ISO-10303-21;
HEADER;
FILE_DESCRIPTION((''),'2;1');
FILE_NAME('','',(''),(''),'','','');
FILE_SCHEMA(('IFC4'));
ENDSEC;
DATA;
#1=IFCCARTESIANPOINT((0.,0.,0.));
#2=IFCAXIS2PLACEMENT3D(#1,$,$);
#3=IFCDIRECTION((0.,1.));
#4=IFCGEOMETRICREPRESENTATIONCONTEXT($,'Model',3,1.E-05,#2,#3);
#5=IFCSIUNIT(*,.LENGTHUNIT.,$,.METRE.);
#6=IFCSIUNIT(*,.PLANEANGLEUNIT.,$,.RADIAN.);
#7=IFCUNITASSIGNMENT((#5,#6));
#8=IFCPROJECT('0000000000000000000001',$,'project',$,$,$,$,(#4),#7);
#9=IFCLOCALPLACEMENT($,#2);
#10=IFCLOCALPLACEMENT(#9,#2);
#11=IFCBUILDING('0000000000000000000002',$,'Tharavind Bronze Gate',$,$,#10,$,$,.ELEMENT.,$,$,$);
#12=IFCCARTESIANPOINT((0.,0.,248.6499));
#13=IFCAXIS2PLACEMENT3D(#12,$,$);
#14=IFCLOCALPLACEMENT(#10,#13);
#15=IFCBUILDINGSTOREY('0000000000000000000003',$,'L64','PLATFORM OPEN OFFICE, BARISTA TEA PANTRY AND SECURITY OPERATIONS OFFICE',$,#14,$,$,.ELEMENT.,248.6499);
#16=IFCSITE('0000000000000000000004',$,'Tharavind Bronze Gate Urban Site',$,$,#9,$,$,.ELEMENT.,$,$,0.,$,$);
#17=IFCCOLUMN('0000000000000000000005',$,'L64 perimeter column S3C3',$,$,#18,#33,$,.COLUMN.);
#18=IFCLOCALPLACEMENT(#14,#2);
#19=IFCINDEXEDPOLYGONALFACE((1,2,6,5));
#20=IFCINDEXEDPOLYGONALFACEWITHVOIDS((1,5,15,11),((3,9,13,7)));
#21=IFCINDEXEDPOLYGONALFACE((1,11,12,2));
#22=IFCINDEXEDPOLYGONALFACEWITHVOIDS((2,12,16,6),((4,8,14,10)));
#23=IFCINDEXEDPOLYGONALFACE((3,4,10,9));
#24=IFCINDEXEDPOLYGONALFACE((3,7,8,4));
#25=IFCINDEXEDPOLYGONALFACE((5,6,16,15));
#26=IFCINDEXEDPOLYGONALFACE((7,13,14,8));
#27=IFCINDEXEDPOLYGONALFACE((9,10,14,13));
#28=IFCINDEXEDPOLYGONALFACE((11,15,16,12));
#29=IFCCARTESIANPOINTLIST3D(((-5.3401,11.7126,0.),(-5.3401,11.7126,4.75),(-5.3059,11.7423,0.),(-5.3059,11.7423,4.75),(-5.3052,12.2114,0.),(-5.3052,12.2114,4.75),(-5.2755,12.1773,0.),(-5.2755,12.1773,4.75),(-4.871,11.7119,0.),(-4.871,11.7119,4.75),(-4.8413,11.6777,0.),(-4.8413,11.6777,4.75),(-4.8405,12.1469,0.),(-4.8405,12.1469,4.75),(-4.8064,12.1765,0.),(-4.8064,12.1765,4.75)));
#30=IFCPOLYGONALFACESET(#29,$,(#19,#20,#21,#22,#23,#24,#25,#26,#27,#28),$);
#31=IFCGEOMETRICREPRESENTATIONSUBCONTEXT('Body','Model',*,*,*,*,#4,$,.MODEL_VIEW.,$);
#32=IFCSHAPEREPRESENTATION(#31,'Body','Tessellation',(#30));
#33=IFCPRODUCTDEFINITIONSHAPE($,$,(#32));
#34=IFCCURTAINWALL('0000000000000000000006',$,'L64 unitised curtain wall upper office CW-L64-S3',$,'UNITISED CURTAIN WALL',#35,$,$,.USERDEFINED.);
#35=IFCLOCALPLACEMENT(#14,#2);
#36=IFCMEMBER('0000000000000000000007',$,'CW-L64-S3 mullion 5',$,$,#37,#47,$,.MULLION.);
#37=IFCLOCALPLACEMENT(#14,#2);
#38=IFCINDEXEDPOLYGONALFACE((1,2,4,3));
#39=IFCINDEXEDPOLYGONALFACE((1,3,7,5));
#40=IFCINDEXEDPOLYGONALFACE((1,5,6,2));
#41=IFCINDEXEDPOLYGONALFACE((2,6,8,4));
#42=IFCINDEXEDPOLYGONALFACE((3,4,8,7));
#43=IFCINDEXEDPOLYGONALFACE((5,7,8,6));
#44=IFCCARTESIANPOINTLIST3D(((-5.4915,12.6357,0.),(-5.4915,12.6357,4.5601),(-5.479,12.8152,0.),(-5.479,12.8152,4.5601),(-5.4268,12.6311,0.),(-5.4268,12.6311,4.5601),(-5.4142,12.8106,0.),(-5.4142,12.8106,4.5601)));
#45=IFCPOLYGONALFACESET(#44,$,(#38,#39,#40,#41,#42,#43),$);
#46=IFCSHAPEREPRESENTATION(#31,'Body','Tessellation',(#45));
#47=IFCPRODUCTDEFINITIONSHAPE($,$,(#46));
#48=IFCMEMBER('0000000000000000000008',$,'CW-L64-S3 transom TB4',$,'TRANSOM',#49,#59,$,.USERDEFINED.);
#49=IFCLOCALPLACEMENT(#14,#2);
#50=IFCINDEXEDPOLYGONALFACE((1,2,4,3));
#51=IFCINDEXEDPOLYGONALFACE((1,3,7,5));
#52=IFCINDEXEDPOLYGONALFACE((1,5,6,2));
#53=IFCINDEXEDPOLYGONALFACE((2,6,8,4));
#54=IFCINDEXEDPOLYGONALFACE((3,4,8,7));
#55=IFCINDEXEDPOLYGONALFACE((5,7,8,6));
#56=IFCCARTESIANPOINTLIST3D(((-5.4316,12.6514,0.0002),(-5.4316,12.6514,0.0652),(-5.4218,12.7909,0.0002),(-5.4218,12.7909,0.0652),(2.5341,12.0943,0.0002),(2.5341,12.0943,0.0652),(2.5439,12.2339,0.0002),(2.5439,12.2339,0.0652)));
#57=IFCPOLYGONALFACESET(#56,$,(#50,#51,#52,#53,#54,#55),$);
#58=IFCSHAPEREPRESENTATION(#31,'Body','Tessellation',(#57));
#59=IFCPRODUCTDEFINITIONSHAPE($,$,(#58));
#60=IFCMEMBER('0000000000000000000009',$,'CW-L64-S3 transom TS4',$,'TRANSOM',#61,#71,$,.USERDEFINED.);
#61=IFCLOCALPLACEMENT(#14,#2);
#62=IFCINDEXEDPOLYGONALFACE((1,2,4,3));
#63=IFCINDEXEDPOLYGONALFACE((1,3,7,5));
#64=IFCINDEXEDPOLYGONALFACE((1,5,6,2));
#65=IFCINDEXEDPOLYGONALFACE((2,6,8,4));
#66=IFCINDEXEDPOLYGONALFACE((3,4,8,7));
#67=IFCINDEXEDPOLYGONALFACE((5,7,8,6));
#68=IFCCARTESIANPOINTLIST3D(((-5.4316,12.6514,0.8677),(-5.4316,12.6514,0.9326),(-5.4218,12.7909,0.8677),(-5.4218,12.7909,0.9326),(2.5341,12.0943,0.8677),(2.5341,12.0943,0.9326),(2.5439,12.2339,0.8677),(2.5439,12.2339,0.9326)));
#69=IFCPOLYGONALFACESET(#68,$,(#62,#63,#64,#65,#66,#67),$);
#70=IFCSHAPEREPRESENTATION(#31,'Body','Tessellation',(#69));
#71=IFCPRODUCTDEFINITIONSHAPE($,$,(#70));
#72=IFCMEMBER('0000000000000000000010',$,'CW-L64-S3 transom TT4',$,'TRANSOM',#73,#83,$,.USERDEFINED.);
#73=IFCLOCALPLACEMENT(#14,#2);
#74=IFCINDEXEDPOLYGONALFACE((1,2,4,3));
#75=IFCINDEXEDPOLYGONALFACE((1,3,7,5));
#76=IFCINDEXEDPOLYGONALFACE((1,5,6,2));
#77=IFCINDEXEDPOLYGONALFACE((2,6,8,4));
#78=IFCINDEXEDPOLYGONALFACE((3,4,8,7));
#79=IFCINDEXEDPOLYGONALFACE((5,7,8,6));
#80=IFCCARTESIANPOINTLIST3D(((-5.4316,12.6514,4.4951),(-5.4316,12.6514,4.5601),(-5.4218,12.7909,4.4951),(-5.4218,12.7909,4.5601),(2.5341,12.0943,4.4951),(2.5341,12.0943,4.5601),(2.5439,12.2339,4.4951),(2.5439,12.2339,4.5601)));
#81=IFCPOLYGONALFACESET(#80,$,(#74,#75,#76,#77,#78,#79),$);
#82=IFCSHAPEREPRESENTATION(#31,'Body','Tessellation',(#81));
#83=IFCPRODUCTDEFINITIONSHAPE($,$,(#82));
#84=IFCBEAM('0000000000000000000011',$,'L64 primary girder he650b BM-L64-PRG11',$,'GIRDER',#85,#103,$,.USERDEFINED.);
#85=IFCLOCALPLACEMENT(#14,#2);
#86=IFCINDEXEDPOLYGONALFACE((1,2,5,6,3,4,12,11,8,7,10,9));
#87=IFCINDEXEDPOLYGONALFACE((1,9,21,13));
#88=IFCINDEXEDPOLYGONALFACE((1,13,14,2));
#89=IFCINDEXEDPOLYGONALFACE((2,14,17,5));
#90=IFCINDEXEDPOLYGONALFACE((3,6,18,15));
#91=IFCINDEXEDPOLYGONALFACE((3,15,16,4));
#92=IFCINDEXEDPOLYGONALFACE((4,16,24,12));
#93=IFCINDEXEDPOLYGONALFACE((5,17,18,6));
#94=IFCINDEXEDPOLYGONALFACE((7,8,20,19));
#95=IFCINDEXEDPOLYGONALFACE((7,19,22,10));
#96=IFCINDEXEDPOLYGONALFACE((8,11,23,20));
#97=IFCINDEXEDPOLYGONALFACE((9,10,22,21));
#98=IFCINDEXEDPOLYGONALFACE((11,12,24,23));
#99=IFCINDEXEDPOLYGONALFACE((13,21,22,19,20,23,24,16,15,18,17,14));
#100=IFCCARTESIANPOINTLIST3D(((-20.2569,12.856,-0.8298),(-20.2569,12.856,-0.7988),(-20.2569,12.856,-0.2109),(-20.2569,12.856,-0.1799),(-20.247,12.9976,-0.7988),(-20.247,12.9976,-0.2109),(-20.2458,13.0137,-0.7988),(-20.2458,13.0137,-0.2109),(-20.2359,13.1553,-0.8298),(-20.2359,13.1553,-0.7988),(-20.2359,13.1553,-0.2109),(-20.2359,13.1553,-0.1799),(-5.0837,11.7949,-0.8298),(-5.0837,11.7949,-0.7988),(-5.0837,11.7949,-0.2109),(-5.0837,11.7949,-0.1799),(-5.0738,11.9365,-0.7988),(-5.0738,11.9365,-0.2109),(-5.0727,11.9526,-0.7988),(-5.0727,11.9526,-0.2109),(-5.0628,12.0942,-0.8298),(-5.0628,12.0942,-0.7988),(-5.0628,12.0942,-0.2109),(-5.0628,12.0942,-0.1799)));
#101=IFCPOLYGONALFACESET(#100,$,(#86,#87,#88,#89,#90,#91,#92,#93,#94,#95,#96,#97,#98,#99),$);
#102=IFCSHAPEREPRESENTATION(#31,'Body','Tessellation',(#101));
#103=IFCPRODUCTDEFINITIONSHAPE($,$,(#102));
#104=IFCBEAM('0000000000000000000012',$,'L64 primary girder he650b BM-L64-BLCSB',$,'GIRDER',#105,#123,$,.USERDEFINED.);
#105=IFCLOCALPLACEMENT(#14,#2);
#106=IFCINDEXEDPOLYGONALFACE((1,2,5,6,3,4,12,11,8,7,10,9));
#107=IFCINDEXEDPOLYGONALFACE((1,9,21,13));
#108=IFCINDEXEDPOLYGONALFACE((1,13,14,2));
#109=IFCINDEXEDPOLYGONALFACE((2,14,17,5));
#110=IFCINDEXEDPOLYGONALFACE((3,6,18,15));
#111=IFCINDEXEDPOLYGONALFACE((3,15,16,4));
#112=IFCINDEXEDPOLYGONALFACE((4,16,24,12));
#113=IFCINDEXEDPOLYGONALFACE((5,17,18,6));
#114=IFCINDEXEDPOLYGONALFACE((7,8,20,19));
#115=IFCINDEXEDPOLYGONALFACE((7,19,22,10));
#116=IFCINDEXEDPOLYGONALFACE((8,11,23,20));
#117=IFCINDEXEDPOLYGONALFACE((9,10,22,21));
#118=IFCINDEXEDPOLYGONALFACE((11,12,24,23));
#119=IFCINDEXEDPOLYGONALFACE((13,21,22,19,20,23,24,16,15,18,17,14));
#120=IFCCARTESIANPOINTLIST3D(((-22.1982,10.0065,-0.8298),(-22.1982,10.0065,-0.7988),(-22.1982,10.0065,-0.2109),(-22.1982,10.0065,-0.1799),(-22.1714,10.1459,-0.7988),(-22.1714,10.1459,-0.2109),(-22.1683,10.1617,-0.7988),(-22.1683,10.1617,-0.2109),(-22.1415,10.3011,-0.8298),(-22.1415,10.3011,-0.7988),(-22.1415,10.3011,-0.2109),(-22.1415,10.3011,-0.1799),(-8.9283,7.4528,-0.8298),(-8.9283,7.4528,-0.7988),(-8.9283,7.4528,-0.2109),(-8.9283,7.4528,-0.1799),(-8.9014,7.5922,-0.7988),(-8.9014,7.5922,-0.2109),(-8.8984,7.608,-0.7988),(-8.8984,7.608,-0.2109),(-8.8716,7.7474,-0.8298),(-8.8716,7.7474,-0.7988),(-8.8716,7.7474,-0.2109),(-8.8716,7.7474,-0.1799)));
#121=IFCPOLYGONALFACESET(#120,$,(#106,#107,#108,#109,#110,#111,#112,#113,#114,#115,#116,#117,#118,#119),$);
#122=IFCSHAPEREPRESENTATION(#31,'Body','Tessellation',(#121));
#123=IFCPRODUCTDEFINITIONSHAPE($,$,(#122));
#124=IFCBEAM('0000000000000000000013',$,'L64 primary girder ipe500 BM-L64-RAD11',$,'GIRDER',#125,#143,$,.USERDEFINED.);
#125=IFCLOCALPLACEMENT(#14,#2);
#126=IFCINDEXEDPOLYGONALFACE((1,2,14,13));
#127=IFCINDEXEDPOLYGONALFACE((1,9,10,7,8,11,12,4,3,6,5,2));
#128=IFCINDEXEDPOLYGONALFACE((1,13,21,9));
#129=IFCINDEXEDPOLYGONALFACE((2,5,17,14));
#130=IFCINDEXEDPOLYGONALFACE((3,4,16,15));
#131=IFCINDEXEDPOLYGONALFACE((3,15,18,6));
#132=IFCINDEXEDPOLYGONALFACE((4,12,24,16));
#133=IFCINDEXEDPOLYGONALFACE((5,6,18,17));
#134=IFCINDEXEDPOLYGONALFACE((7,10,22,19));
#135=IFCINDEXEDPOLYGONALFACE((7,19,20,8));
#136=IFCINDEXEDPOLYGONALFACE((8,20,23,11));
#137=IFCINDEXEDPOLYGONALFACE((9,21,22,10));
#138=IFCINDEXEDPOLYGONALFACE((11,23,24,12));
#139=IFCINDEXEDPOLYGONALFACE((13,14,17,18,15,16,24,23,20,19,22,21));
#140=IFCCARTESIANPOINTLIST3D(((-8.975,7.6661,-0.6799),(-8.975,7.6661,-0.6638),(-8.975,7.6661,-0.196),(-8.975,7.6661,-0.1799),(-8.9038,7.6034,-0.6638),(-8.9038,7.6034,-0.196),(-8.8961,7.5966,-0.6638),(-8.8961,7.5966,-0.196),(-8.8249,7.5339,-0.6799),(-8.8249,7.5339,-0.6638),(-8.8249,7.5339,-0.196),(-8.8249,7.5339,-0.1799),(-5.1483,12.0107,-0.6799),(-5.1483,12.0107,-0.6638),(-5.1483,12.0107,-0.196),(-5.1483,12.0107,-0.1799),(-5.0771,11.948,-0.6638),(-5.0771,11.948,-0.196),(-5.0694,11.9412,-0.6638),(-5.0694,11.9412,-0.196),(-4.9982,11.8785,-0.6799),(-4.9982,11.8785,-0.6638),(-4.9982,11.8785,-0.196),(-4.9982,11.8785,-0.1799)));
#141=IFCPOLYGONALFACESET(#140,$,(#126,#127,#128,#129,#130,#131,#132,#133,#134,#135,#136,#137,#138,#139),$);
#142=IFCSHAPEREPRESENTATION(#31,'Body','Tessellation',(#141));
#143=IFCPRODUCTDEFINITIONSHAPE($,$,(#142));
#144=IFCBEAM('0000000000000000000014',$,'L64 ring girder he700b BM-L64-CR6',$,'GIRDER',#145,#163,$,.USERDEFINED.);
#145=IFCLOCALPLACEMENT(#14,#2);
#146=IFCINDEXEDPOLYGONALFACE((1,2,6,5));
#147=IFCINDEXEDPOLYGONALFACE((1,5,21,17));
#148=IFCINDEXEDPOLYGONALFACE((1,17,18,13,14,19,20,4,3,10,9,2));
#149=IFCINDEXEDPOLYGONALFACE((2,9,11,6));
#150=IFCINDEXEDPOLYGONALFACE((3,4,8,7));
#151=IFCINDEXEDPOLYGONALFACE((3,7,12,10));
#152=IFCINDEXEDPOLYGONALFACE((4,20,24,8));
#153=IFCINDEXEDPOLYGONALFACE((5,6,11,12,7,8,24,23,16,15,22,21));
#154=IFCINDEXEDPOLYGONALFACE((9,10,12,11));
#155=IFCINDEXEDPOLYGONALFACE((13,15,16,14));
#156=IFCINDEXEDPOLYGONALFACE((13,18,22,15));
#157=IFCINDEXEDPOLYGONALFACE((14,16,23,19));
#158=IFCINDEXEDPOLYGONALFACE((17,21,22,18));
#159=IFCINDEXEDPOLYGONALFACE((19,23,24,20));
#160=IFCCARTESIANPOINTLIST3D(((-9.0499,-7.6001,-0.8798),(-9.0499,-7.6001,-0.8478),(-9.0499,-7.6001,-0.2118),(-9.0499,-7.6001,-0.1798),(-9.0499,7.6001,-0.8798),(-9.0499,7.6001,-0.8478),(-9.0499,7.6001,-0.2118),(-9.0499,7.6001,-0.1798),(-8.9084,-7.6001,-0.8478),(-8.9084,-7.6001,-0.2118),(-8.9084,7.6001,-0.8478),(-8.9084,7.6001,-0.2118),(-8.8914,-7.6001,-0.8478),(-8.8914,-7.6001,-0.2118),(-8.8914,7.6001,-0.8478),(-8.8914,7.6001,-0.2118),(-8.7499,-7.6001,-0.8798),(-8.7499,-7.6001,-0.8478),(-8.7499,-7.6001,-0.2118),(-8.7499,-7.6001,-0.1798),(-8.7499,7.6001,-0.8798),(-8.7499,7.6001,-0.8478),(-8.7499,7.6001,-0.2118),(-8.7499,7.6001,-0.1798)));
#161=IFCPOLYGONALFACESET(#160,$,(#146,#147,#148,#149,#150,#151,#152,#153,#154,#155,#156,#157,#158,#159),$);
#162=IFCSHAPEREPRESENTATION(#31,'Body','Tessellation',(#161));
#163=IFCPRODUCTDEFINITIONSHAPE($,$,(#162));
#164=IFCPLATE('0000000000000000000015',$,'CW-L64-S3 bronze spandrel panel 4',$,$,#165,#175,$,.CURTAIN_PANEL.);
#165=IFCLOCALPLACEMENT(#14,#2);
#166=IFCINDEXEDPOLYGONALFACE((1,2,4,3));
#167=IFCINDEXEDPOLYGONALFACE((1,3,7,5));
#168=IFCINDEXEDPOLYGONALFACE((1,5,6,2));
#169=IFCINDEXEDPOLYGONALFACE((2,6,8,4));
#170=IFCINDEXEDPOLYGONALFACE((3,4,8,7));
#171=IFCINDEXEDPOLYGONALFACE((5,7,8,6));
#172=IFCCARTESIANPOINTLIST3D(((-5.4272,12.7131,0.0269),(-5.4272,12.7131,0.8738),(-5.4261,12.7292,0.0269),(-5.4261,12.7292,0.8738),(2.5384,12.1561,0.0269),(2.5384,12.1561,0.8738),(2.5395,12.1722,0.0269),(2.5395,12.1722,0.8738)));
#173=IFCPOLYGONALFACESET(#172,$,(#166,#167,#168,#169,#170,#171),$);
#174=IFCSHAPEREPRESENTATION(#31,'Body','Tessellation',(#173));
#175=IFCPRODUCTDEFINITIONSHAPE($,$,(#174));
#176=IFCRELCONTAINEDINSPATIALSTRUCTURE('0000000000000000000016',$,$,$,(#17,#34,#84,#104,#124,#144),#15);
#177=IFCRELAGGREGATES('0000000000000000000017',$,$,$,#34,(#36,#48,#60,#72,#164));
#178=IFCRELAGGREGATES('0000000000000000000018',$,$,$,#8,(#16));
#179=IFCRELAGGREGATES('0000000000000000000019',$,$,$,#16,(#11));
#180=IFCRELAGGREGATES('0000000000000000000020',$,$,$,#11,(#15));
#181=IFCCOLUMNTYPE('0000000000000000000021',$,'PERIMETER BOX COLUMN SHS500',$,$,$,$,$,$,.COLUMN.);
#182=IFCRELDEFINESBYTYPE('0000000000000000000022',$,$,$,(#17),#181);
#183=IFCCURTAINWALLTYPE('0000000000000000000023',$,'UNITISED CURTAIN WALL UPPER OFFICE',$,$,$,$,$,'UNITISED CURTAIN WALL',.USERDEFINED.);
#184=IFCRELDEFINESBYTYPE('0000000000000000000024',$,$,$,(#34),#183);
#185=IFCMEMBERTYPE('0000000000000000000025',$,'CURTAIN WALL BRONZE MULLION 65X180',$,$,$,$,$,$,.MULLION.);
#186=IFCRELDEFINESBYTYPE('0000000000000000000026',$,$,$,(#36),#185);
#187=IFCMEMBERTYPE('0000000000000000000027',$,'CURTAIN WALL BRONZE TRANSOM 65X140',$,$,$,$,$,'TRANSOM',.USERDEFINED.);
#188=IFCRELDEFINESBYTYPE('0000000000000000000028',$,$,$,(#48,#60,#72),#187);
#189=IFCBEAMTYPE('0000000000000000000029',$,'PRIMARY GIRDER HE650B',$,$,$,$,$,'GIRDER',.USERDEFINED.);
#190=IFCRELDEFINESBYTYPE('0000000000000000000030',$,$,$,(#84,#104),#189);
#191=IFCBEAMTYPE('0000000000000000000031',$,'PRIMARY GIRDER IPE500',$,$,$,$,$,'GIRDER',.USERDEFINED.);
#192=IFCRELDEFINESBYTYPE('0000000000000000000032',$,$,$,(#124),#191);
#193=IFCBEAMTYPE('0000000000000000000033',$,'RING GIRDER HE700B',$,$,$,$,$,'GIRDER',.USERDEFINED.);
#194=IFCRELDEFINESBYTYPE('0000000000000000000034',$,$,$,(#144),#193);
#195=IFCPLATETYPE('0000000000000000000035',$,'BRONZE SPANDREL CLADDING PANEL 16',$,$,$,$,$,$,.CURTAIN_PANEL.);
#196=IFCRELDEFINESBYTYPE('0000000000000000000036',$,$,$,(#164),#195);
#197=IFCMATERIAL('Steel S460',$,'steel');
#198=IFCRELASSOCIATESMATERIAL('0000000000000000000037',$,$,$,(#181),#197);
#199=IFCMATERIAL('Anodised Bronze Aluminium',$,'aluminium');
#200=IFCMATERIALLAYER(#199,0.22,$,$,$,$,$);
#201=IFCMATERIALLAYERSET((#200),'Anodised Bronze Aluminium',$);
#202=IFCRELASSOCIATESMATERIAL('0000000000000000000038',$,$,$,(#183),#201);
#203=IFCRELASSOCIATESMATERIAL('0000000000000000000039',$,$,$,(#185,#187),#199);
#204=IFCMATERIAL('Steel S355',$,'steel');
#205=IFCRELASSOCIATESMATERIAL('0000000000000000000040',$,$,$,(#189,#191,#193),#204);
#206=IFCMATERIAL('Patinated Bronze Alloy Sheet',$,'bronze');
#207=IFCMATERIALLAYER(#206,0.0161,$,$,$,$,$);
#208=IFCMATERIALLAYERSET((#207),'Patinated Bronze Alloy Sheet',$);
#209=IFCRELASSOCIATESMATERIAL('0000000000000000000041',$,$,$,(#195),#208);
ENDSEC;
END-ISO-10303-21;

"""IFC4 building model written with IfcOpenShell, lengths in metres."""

from ifc_helpers import new_model, si_unit, direction, frame, origin, origin_2d, place, context, subcontext, project, spatial, rectangle, hollow_rectangle, i_section, extrude, material, layer, layer_set, material_profile, profile_set, type_object, element, aggregate, save


model = new_model("IFC4")

# Units and contexts
model_context = context("Model", 3, precision=1e-05, world=origin(), true_north=direction((0.0, 1.0)))
body_context = subcontext(model_context, "Body", "Model", "MODEL_VIEW")
ifc_project = project(units=[si_unit("LENGTHUNIT", "METRE"), si_unit("PLANEANGLEUNIT", "RADIAN")], contexts=[model_context])

# Site, building, storey
site_placement = place(None, origin())
site = spatial("IfcSite", under=ifc_project, at=site_placement, Name="Tharavind Bronze Gate Urban Site", CompositionType="ELEMENT", RefElevation=0.0)
building_placement = place(site_placement, origin())
building = spatial("IfcBuilding", under=site, at=building_placement, Name="Tharavind Bronze Gate", CompositionType="ELEMENT")
storey_placement = place(building_placement, frame((0.0, 0.0, 248.6499)))
storey = spatial("IfcBuildingStorey", under=building, at=storey_placement, Name="L64", Description="PLATFORM OPEN OFFICE, BARISTA TEA PANTRY AND SECURITY OPERATIONS OFFICE", CompositionType="ELEMENT", Elevation=248.6499)

# Column
ifc_material_1 = material(Name="Steel S460", Category="steel")
ifc_material_profile_1 = material_profile(ifc_material_1, hollow_rectangle(XDim=0.5, YDim=0.5, WallThickness=0.032, at=origin_2d()), Name="SHS500X32")
ifc_profile_set_1 = profile_set([ifc_material_profile_1], Name="Steel S460")
column_type = type_object("IfcColumnType", Name="PERIMETER BOX COLUMN SHS500", PredefinedType="COLUMN", material=ifc_profile_set_1)
column_placement = place(storey_placement, frame((-5.0732, 11.9446, 0.0), z_axis=(0.0, 0.0, 1.0), x_axis=(-0.997564, 0.069756, 0.0)))
element("IfcColumn", 1, at=column_placement, inside=storey, type_object=column_type, Name="L64 perimeter column S3C3", PredefinedType="COLUMN", context=body_context, shape_type="SweptSolid", body=[
    extrude(hollow_rectangle(XDim=0.5, YDim=0.5, WallThickness=0.032, at=origin_2d()), origin(), (0.0, 0.0, 1.0), 4.75),
])

# Curtain wall, members
ifc_material_2 = material(Name="Anodised Bronze Aluminium", Category="aluminium")
ifc_layer_1 = layer(ifc_material_2, 0.22)
ifc_layer_set_1 = layer_set([ifc_layer_1], Name="Anodised Bronze Aluminium")
curtain_wall_type = type_object("IfcCurtainWallType", Name="UNITISED CURTAIN WALL UPPER OFFICE", ElementType="UNITISED CURTAIN WALL", PredefinedType="USERDEFINED", material=ifc_layer_set_1)
curtain_wall_placement = place(storey_placement, origin())
curtain_wall = element("IfcCurtainWall", 2, at=curtain_wall_placement, inside=storey, type_object=curtain_wall_type, Name="L64 unitised curtain wall upper office CW-L64-S3", ObjectType="UNITISED CURTAIN WALL", PredefinedType="USERDEFINED")
member_type_1 = type_object("IfcMemberType", Name="CURTAIN WALL BRONZE MULLION 65X180", PredefinedType="MULLION", material=ifc_material_2)
member_1_placement = place(storey_placement, frame((-5.4529, 12.7231, 0.0), z_axis=(0.0, 0.0, 1.0), x_axis=(-0.997564, 0.069758, 0.0)))
member_1 = element("IfcMember", 3, at=member_1_placement, type_object=member_type_1, Name="CW-L64-S3 mullion 5", PredefinedType="MULLION", context=body_context, shape_type="SweptSolid", body=[
    extrude(rectangle(XDim=0.0649, YDim=0.1799, at=origin_2d()), origin(), (0.0, 0.0, 1.0), 4.5601),
])
member_type_2 = type_object("IfcMemberType", Name="CURTAIN WALL BRONZE TRANSOM 65X140", ElementType="TRANSOM", PredefinedType="USERDEFINED", material=ifc_material_2)
member_2_placement = place(storey_placement, frame((-1.4438, 12.4426, 0.0002), z_axis=(0.0, 0.0, 1.0), x_axis=(-0.997564, 0.069758, 0.0)))
member_2 = element("IfcMember", 4, at=member_2_placement, type_object=member_type_2, Name="CW-L64-S3 transom TB4", ObjectType="TRANSOM", PredefinedType="USERDEFINED", context=body_context, shape_type="SweptSolid", body=[
    extrude(rectangle(XDim=7.9851, YDim=0.1399, at=origin_2d()), origin(), (0.0, 0.0, 1.0), 0.0649),
])
member_3_placement = place(storey_placement, frame((-1.4438, 12.4426, 0.8677), z_axis=(0.0, 0.0, 1.0), x_axis=(-0.997564, 0.069758, 0.0)))
member_3 = element("IfcMember", 5, at=member_3_placement, type_object=member_type_2, Name="CW-L64-S3 transom TS4", ObjectType="TRANSOM", PredefinedType="USERDEFINED", context=body_context, shape_type="SweptSolid", body=[
    extrude(rectangle(XDim=7.9851, YDim=0.1399, at=origin_2d()), origin(), (0.0, 0.0, 1.0), 0.0649),
])
member_4_placement = place(storey_placement, frame((-1.4438, 12.4426, 4.4951), z_axis=(0.0, 0.0, 1.0), x_axis=(-0.997564, 0.069758, 0.0)))
member_4 = element("IfcMember", 6, at=member_4_placement, type_object=member_type_2, Name="CW-L64-S3 transom TT4", ObjectType="TRANSOM", PredefinedType="USERDEFINED", context=body_context, shape_type="SweptSolid", body=[
    extrude(rectangle(XDim=7.9851, YDim=0.1399, at=origin_2d()), origin(), (0.0, 0.0, 1.0), 0.0649),
])

# Beams
ifc_material_3 = material(Name="Steel S355", Category="steel")
ifc_material_profile_2 = material_profile(ifc_material_3, i_section(OverallWidth=0.3, OverallDepth=0.6499, WebThickness=0.0161, FlangeThickness=0.031, at=origin_2d()), Name="HE650B")
ifc_profile_set_2 = profile_set([ifc_material_profile_2], Name="Steel S355")
beam_type_1 = type_object("IfcBeamType", Name="PRIMARY GIRDER HE650B", ElementType="GIRDER", PredefinedType="USERDEFINED", material=ifc_profile_set_2)
beam_1_placement = place(storey_placement, frame((-5.0732, 11.9446, -0.5049), z_axis=(-0.997564, 0.069758, 0.0), x_axis=(-0.069758, -0.997564, 0.0)))
element("IfcBeam", 7, at=beam_1_placement, inside=storey, type_object=beam_type_1, Name="L64 primary girder he650b BM-L64-PRG11", ObjectType="GIRDER", PredefinedType="USERDEFINED", context=body_context, shape_type="SweptSolid", body=[
    extrude(i_section(OverallWidth=0.3, OverallDepth=0.6499, WebThickness=0.0161, FlangeThickness=0.031, at=origin_2d()), origin(), (0.0, 0.0, 1.0), 15.2102),
])
beam_2_placement = place(storey_placement, frame((-8.8999, 7.6001, -0.5049), z_axis=(-0.981982, 0.188975, 0.0), x_axis=(-0.188975, -0.981982, 0.0)))
element("IfcBeam", 8, at=beam_2_placement, inside=storey, type_object=beam_type_1, Name="L64 primary girder he650b BM-L64-BLCSB", ObjectType="GIRDER", PredefinedType="USERDEFINED", context=body_context, shape_type="SweptSolid", body=[
    extrude(i_section(OverallWidth=0.3, OverallDepth=0.6499, WebThickness=0.0161, FlangeThickness=0.031, at=origin_2d()), origin(), (0.0, 0.0, 1.0), 13.5134),
])
ifc_material_profile_3 = material_profile(ifc_material_3, i_section(OverallWidth=0.2, OverallDepth=0.5, WebThickness=0.0103, FlangeThickness=0.0161, at=origin_2d()), Name="IPE500")
ifc_profile_set_3 = profile_set([ifc_material_profile_3], Name="Steel S355")
beam_type_2 = type_object("IfcBeamType", Name="PRIMARY GIRDER IPE500", ElementType="GIRDER", PredefinedType="USERDEFINED", material=ifc_profile_set_3)
beam_3_placement = place(storey_placement, frame((-5.0732, 11.9446, -0.4299), z_axis=(-0.66097, -0.750412, 0.0), x_axis=(0.750412, -0.66097, 0.0)))
element("IfcBeam", 9, at=beam_3_placement, inside=storey, type_object=beam_type_2, Name="L64 primary girder ipe500 BM-L64-RAD11", ObjectType="GIRDER", PredefinedType="USERDEFINED", context=body_context, shape_type="SweptSolid", body=[
    extrude(i_section(OverallWidth=0.2, OverallDepth=0.5, WebThickness=0.0103, FlangeThickness=0.0161, at=origin_2d()), origin(), (0.0, 0.0, 1.0), 5.7896),
])
ifc_material_profile_4 = material_profile(ifc_material_3, i_section(OverallWidth=0.3, OverallDepth=0.7, WebThickness=0.0171, FlangeThickness=0.032, at=origin_2d()), Name="HE700B")
ifc_profile_set_4 = profile_set([ifc_material_profile_4], Name="Steel S355")
beam_type_3 = type_object("IfcBeamType", Name="RING GIRDER HE700B", ElementType="GIRDER", PredefinedType="USERDEFINED", material=ifc_profile_set_4)
beam_4_placement = place(storey_placement, frame((-8.8999, 7.6001, -0.5298), z_axis=(0.0, -1.0, 0.0), x_axis=(1.0, 0.0, 0.0)))
element("IfcBeam", 10, at=beam_4_placement, inside=storey, type_object=beam_type_3, Name="L64 ring girder he700b BM-L64-CR6", ObjectType="GIRDER", PredefinedType="USERDEFINED", context=body_context, shape_type="SweptSolid", body=[
    extrude(i_section(OverallWidth=0.3, OverallDepth=0.7, WebThickness=0.0171, FlangeThickness=0.032, at=origin_2d()), origin(), (0.0, 0.0, 1.0), 15.2002),
])

# Plate
ifc_material_4 = material(Name="Patinated Bronze Alloy Sheet", Category="bronze")
ifc_layer_2 = layer(ifc_material_4, 0.0161)
ifc_layer_set_2 = layer_set([ifc_layer_2], Name="Patinated Bronze Alloy Sheet")
plate_type_1 = type_object("IfcPlateType", Name="BRONZE SPANDREL CLADDING PANEL 16", PredefinedType="CURTAIN_PANEL", material=ifc_layer_set_2)
plate_1_placement = place(storey_placement, frame((-1.4438, 12.4426, 0.0269), z_axis=(0.0, 0.0, 1.0), x_axis=(-0.997564, 0.069758, 0.0)))
plate_1 = element("IfcPlate", 11, at=plate_1_placement, type_object=plate_type_1, Name="CW-L64-S3 bronze spandrel panel 4", PredefinedType="CURTAIN_PANEL", context=body_context, shape_type="SweptSolid", body=[
    extrude(rectangle(XDim=7.9851, YDim=0.0161, at=origin_2d()), origin(), (0.0, 0.0, 1.0), 0.8469),
])
aggregate(curtain_wall, [member_1, member_2, member_3, member_4, plate_1])

save(model, "model.ifc")
